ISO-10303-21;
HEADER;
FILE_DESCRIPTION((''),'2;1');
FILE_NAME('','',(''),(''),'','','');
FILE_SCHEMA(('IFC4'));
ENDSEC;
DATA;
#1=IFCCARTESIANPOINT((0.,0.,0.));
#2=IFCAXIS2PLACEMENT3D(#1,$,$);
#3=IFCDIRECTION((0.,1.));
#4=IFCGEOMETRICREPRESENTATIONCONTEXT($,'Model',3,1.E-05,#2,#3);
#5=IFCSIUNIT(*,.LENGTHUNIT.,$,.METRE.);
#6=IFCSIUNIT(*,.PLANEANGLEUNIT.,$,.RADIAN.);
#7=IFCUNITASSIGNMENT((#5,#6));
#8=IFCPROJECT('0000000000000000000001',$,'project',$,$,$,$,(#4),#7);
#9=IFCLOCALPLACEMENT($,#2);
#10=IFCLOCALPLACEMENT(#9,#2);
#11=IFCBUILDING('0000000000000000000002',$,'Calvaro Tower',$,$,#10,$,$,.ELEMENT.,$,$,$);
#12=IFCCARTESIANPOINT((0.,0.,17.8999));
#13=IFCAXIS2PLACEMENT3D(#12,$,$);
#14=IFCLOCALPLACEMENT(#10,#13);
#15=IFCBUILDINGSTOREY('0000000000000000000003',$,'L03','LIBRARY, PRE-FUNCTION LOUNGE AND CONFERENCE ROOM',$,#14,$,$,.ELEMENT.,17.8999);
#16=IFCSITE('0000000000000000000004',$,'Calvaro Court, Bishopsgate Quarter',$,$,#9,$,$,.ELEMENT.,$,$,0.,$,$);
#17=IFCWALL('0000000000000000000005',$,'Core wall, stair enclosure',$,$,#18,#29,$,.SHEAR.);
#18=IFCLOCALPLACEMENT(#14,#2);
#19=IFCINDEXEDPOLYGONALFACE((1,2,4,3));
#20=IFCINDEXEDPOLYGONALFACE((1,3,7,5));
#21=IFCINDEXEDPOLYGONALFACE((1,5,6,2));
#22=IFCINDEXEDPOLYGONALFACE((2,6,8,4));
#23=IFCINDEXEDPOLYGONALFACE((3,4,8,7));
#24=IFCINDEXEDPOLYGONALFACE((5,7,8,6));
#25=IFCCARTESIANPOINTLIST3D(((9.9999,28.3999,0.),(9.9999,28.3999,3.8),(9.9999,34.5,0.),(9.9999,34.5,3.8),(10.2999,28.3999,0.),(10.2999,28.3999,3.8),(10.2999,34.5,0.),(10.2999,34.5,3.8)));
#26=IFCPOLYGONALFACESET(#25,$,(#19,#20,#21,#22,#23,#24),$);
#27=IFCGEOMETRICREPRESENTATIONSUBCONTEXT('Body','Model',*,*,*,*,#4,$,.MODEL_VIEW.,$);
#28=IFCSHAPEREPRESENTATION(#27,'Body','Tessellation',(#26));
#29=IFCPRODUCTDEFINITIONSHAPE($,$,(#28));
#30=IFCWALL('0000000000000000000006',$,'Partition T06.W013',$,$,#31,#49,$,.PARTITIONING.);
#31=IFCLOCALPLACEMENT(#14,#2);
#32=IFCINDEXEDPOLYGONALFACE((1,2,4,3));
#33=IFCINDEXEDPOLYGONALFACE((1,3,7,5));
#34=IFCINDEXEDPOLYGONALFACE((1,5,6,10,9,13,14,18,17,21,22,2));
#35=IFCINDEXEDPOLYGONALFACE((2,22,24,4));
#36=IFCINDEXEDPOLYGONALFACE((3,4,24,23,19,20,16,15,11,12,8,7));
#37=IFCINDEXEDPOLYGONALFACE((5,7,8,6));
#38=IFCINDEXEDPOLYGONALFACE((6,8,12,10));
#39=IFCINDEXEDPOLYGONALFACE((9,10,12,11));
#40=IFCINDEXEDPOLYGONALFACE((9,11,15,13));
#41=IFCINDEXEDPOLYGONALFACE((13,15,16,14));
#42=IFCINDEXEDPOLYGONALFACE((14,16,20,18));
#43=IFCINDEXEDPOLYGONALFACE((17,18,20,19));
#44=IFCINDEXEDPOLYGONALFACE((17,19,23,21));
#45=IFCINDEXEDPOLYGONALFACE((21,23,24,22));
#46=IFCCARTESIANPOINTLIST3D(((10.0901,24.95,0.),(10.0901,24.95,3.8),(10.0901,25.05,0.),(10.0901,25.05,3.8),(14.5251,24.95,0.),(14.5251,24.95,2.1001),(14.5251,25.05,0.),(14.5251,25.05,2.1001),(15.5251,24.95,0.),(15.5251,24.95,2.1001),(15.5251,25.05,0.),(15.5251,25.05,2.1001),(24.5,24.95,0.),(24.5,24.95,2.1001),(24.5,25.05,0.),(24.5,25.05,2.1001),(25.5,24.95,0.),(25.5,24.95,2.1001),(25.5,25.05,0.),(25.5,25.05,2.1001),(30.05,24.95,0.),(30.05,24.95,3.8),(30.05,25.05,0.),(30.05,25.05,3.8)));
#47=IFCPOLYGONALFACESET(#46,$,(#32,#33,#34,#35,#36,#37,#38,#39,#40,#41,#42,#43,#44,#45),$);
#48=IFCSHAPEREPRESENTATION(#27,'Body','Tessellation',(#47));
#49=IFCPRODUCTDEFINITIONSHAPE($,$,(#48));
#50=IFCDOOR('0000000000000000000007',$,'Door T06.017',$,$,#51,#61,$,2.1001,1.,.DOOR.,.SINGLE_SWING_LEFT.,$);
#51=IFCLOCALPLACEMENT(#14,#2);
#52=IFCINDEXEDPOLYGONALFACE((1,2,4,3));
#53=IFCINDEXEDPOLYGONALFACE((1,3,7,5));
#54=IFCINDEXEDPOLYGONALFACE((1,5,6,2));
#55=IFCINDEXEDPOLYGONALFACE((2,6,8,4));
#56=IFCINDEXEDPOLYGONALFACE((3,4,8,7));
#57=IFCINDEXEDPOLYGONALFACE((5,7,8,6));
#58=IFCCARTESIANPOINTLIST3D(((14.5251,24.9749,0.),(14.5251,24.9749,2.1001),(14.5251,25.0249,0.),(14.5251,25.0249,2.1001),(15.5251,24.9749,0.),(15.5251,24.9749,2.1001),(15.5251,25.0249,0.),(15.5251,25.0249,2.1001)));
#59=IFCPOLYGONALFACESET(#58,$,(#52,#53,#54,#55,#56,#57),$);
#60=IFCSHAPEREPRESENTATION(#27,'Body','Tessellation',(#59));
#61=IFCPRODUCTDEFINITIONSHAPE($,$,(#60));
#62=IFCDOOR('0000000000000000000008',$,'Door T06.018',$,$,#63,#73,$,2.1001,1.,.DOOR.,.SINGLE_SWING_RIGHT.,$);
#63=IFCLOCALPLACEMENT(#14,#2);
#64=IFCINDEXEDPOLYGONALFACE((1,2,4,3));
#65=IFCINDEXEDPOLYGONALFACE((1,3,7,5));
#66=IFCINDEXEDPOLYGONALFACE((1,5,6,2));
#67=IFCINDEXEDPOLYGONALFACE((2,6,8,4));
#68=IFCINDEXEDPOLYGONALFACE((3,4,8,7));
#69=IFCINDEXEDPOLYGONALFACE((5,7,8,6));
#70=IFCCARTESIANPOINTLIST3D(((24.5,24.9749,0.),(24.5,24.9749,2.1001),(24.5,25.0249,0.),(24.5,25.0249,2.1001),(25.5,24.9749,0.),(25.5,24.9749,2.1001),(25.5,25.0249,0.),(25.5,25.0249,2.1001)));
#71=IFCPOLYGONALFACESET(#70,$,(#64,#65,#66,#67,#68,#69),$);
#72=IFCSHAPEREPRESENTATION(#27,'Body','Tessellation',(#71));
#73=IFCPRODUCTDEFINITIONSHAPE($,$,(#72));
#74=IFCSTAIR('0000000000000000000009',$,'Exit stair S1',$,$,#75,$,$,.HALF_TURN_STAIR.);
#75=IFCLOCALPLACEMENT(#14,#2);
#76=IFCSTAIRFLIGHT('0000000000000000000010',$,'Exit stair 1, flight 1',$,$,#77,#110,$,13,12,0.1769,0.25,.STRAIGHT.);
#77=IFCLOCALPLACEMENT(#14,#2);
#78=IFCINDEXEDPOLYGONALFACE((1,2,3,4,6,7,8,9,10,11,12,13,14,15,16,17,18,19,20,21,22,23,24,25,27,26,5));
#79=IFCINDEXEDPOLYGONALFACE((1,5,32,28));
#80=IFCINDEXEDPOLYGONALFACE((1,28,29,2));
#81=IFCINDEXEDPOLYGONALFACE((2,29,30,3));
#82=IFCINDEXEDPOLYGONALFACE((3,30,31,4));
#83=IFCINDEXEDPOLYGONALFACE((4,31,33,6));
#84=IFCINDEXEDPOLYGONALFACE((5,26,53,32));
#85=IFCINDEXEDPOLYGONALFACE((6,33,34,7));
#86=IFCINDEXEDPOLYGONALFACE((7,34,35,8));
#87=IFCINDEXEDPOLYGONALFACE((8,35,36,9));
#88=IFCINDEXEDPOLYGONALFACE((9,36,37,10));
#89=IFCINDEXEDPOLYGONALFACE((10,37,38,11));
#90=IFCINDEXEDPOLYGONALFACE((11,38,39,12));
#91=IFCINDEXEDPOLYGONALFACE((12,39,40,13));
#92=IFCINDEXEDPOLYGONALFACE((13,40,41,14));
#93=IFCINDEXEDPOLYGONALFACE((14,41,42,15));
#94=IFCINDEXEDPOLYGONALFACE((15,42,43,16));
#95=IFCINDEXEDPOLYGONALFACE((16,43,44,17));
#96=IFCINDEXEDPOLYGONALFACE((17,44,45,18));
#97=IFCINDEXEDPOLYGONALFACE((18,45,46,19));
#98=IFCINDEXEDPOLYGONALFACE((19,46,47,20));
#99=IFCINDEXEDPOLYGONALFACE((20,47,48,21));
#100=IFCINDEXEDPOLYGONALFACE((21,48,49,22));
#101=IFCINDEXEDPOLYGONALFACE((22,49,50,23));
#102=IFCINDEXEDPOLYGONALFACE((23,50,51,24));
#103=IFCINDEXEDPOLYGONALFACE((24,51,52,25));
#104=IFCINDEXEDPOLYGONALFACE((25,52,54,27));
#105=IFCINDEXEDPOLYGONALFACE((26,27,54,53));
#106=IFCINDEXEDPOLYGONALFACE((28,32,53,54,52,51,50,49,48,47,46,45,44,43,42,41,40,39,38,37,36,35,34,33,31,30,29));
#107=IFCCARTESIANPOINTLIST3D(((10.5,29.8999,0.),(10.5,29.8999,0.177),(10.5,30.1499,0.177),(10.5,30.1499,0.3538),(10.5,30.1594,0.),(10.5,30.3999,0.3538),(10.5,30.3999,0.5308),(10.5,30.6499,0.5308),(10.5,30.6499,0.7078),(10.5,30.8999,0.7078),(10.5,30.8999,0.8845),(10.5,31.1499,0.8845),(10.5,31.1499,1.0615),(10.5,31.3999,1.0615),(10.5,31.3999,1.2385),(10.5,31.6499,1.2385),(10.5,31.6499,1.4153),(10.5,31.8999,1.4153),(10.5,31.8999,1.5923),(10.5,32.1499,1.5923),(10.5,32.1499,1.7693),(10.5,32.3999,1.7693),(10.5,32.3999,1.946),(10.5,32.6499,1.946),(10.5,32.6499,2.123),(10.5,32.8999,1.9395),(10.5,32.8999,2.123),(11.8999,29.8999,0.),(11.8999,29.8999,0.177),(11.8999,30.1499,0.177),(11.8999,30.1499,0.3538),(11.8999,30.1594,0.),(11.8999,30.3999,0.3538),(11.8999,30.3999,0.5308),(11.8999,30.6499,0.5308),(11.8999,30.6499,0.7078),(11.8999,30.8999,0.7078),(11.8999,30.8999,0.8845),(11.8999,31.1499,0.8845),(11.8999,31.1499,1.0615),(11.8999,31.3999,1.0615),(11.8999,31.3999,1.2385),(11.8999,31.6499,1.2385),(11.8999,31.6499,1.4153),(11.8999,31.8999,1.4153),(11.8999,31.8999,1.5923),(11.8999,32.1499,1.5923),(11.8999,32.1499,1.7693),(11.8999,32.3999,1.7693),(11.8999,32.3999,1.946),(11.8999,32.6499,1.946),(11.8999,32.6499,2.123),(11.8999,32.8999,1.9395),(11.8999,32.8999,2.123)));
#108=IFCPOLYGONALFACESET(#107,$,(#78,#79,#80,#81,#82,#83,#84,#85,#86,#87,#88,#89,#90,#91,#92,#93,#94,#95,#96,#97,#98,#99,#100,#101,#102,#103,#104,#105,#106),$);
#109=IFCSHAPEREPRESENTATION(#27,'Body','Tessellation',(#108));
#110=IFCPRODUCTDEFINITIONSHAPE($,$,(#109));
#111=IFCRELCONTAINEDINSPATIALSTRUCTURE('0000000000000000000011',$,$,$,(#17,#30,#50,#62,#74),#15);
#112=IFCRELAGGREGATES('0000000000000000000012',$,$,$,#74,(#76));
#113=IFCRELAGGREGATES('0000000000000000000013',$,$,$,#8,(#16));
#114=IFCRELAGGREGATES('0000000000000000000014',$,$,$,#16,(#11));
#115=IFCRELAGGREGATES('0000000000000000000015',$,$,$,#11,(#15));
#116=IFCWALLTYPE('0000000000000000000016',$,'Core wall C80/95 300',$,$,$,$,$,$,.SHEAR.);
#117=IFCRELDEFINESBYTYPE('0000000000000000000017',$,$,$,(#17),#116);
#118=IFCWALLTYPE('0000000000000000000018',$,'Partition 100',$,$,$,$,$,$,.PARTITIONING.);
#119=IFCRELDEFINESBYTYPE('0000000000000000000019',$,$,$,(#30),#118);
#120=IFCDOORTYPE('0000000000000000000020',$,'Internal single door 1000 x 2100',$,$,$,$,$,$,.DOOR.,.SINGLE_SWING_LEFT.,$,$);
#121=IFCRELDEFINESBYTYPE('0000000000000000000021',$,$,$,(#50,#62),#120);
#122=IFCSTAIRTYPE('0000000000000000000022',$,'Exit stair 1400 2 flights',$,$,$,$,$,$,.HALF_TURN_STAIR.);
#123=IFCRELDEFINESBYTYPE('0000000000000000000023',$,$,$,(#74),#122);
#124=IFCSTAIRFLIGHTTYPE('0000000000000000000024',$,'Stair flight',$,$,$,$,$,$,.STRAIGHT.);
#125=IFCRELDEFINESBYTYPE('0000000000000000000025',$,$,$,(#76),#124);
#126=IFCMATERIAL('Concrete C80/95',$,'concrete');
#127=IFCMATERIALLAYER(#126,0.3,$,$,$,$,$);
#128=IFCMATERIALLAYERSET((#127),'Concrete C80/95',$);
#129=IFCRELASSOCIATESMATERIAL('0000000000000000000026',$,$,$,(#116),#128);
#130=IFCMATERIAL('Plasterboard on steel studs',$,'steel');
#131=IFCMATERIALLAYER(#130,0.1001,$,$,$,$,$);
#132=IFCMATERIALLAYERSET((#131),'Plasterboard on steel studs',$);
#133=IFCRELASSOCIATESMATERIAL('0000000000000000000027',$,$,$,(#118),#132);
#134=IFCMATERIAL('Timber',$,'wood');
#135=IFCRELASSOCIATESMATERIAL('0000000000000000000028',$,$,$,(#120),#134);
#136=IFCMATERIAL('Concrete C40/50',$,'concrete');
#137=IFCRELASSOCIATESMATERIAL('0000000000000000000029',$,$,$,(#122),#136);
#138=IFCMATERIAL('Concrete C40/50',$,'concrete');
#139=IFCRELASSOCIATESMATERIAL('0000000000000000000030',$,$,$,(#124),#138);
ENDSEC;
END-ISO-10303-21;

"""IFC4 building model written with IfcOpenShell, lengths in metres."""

from ifc_helpers import new_model, si_unit, direction, frame, frame_2d, origin, place, context, subcontext, project, spatial, polyline, rectangle, outline, extrude, material, layer, layer_set, type_object, element, fill, aggregate, save


model = new_model("IFC4")

# Units and contexts
model_context = context("Model", 3, precision=1e-05, world=origin(), true_north=direction((0.0, 1.0)))
body_context = subcontext(model_context, "Body", "Model", "MODEL_VIEW")
ifc_project = project(units=[si_unit("LENGTHUNIT", "METRE"), si_unit("PLANEANGLEUNIT", "RADIAN")], contexts=[model_context])

# Site, building, storey
site_placement = place(None, origin())
site = spatial("IfcSite", under=ifc_project, at=site_placement, Name="Calvaro Court, Bishopsgate Quarter", CompositionType="ELEMENT", RefElevation=0.0)
building_placement = place(site_placement, origin())
building = spatial("IfcBuilding", under=site, at=building_placement, Name="Calvaro Tower", CompositionType="ELEMENT")
storey_placement = place(building_placement, frame((0.0, 0.0, 17.8999)))
storey = spatial("IfcBuildingStorey", under=building, at=storey_placement, Name="L03", Description="LIBRARY, PRE-FUNCTION LOUNGE AND CONFERENCE ROOM", CompositionType="ELEMENT", Elevation=17.8999)

# Wall
ifc_material_1 = material(Name="Concrete C80/95", Category="concrete")
ifc_layer_1 = layer(ifc_material_1, 0.3)
ifc_layer_set_1 = layer_set([ifc_layer_1], Name="Concrete C80/95")
wall_type_1 = type_object("IfcWallType", Name="Core wall C80/95 300", PredefinedType="SHEAR", material=ifc_layer_set_1)
wall_1_placement = place(storey_placement, frame((10.1499, 28.3999, 0.0), z_axis=(0.0, 0.0, 1.0), x_axis=(0.0, 1.0, 0.0)))
element("IfcWall", 1, at=wall_1_placement, inside=storey, type_object=wall_type_1, Name="Core wall, stair enclosure", PredefinedType="SHEAR", context=body_context, shape_type="SweptSolid", body=[
    extrude(rectangle(XDim=6.1001, YDim=0.3, at=frame_2d((3.05, 0.0))), origin(), (0.0, 0.0, 1.0), 3.8),
])

# Wall, openings, doors
ifc_material_2 = material(Name="Plasterboard on steel studs", Category="steel")
ifc_layer_2 = layer(ifc_material_2, 0.1001)
ifc_layer_set_2 = layer_set([ifc_layer_2], Name="Plasterboard on steel studs")
wall_type_2 = type_object("IfcWallType", Name="Partition 100", PredefinedType="PARTITIONING", material=ifc_layer_set_2)
wall_2_placement = place(storey_placement, frame((10.0901, 25.0, 0.0), z_axis=(0.0, 0.0, 1.0), x_axis=(1.0, 0.0, 0.0)))
wall_2 = element("IfcWall", 2, at=wall_2_placement, inside=storey, type_object=wall_type_2, Name="Partition T06.W013", PredefinedType="PARTITIONING", context=body_context, shape_type="SweptSolid", body=[
    extrude(rectangle(XDim=19.96, YDim=0.1001, at=frame_2d((9.98, 0.0))), origin(), (0.0, 0.0, 1.0), 3.8),
])
opening_1_placement = place(wall_2_placement, frame((4.4351, 0.0, 0.0)))
opening_1 = element("IfcOpeningElement", 3, at=opening_1_placement, cuts=wall_2, PredefinedType="OPENING", context=body_context, shape_type="SweptSolid", body=[
    extrude(rectangle(XDim=1.0, YDim=2.1001, at=frame_2d((0.5, 1.05))), frame((0.0, 0.0601, 0.0), z_axis=(0.0, -1.0, 0.0), x_axis=(1.0, 0.0, 0.0)), (0.0, 0.0, 1.0), 0.1201),
])
opening_2_placement = place(wall_2_placement, frame((14.4099, 0.0, 0.0)))
opening_2 = element("IfcOpeningElement", 4, at=opening_2_placement, cuts=wall_2, PredefinedType="OPENING", context=body_context, shape_type="SweptSolid", body=[
    extrude(rectangle(XDim=1.0, YDim=2.1001, at=frame_2d((0.5, 1.05))), frame((0.0, 0.0601, 0.0), z_axis=(0.0, -1.0, 0.0), x_axis=(1.0, 0.0, 0.0)), (0.0, 0.0, 1.0), 0.1201),
])
ifc_material_3 = material(Name="Timber", Category="wood")
door_type = type_object("IfcDoorType", Name="Internal single door 1000 x 2100", OperationType="SINGLE_SWING_LEFT", PredefinedType="DOOR", material=ifc_material_3)
door_1_placement = place(opening_1_placement, origin())
door_1 = element("IfcDoor", 5, at=door_1_placement, inside=storey, type_object=door_type, Name="Door T06.017", OperationType="SINGLE_SWING_LEFT", OverallHeight=2.1001, OverallWidth=1.0, PredefinedType="DOOR", context=body_context, shape_type="SweptSolid", body=[
    extrude(rectangle(XDim=1.0, YDim=2.1001, at=frame_2d((0.5, 1.05))), frame((0.0, 0.0249, 0.0), z_axis=(0.0, -1.0, 0.0), x_axis=(1.0, 0.0, 0.0)), (0.0, 0.0, 1.0), 0.05),
])
fill(opening_1, door_1)
door_2_placement = place(opening_2_placement, origin())
door_2 = element("IfcDoor", 6, at=door_2_placement, inside=storey, type_object=door_type, Name="Door T06.018", OperationType="SINGLE_SWING_RIGHT", OverallHeight=2.1001, OverallWidth=1.0, PredefinedType="DOOR", context=body_context, shape_type="SweptSolid", body=[
    extrude(rectangle(XDim=1.0, YDim=2.1001, at=frame_2d((0.5, 1.05))), frame((0.0, 0.0249, 0.0), z_axis=(0.0, -1.0, 0.0), x_axis=(1.0, 0.0, 0.0)), (0.0, 0.0, 1.0), 0.05),
])
fill(opening_2, door_2)

# Stair, stair flight
ifc_material_4 = material(Name="Concrete C40/50", Category="concrete")
stair_type = type_object("IfcStairType", Name="Exit stair 1400 2 flights", PredefinedType="HALF_TURN_STAIR", material=ifc_material_4)
stair_placement = place(storey_placement, origin())
stair = element("IfcStair", 7, at=stair_placement, inside=storey, type_object=stair_type, Name="Exit stair S1", PredefinedType="HALF_TURN_STAIR")
ifc_material_5 = material(Name="Concrete C40/50", Category="concrete")
stair_flight_type = type_object("IfcStairFlightType", Name="Stair flight", PredefinedType="STRAIGHT", material=ifc_material_5)
stair_flight_placement = place(storey_placement, frame((11.2, 29.8999, 0.0), z_axis=(0.0, 0.0, 1.0), x_axis=(0.0, 1.0, 0.0)))
stair_flight = element("IfcStairFlight", 8, at=stair_flight_placement, type_object=stair_flight_type, Name="Exit stair 1, flight 1", NumberOfRisers=13, NumberOfTreads=12, PredefinedType="STRAIGHT", RiserHeight=0.1769, TreadLength=0.25, context=body_context, shape_type="SweptSolid", body=[
    extrude(outline(polyline([(0.0, 0.0), (0.0, 0.177), (0.25, 0.177), (0.25, 0.3538), (0.5, 0.3538), (0.5, 0.5308), (0.75, 0.5308), (0.75, 0.7078), (1.0, 0.7078), (1.0, 0.8845), (1.25, 0.8845), (1.25, 1.0615), (1.5, 1.0615), (1.5, 1.2385), (1.75, 1.2385), (1.75, 1.4153), (2.0, 1.4153), (2.0, 1.5923), (2.25, 1.5923), (2.25, 1.7693), (2.5, 1.7693), (2.5, 1.946), (2.75, 1.946), (2.75, 2.123), (3.0, 2.123), (3.0, 2.3), (3.0, 1.9395), (0.2595, 0.0), (0.0, 0.0)])), frame((0.0, 0.7, 0.0), z_axis=(0.0, -1.0, 0.0), x_axis=(1.0, 0.0, 0.0)), (0.0, 0.0, 1.0), 1.3999),
])
aggregate(stair, [stair_flight])

save(model, "model.ifc")
